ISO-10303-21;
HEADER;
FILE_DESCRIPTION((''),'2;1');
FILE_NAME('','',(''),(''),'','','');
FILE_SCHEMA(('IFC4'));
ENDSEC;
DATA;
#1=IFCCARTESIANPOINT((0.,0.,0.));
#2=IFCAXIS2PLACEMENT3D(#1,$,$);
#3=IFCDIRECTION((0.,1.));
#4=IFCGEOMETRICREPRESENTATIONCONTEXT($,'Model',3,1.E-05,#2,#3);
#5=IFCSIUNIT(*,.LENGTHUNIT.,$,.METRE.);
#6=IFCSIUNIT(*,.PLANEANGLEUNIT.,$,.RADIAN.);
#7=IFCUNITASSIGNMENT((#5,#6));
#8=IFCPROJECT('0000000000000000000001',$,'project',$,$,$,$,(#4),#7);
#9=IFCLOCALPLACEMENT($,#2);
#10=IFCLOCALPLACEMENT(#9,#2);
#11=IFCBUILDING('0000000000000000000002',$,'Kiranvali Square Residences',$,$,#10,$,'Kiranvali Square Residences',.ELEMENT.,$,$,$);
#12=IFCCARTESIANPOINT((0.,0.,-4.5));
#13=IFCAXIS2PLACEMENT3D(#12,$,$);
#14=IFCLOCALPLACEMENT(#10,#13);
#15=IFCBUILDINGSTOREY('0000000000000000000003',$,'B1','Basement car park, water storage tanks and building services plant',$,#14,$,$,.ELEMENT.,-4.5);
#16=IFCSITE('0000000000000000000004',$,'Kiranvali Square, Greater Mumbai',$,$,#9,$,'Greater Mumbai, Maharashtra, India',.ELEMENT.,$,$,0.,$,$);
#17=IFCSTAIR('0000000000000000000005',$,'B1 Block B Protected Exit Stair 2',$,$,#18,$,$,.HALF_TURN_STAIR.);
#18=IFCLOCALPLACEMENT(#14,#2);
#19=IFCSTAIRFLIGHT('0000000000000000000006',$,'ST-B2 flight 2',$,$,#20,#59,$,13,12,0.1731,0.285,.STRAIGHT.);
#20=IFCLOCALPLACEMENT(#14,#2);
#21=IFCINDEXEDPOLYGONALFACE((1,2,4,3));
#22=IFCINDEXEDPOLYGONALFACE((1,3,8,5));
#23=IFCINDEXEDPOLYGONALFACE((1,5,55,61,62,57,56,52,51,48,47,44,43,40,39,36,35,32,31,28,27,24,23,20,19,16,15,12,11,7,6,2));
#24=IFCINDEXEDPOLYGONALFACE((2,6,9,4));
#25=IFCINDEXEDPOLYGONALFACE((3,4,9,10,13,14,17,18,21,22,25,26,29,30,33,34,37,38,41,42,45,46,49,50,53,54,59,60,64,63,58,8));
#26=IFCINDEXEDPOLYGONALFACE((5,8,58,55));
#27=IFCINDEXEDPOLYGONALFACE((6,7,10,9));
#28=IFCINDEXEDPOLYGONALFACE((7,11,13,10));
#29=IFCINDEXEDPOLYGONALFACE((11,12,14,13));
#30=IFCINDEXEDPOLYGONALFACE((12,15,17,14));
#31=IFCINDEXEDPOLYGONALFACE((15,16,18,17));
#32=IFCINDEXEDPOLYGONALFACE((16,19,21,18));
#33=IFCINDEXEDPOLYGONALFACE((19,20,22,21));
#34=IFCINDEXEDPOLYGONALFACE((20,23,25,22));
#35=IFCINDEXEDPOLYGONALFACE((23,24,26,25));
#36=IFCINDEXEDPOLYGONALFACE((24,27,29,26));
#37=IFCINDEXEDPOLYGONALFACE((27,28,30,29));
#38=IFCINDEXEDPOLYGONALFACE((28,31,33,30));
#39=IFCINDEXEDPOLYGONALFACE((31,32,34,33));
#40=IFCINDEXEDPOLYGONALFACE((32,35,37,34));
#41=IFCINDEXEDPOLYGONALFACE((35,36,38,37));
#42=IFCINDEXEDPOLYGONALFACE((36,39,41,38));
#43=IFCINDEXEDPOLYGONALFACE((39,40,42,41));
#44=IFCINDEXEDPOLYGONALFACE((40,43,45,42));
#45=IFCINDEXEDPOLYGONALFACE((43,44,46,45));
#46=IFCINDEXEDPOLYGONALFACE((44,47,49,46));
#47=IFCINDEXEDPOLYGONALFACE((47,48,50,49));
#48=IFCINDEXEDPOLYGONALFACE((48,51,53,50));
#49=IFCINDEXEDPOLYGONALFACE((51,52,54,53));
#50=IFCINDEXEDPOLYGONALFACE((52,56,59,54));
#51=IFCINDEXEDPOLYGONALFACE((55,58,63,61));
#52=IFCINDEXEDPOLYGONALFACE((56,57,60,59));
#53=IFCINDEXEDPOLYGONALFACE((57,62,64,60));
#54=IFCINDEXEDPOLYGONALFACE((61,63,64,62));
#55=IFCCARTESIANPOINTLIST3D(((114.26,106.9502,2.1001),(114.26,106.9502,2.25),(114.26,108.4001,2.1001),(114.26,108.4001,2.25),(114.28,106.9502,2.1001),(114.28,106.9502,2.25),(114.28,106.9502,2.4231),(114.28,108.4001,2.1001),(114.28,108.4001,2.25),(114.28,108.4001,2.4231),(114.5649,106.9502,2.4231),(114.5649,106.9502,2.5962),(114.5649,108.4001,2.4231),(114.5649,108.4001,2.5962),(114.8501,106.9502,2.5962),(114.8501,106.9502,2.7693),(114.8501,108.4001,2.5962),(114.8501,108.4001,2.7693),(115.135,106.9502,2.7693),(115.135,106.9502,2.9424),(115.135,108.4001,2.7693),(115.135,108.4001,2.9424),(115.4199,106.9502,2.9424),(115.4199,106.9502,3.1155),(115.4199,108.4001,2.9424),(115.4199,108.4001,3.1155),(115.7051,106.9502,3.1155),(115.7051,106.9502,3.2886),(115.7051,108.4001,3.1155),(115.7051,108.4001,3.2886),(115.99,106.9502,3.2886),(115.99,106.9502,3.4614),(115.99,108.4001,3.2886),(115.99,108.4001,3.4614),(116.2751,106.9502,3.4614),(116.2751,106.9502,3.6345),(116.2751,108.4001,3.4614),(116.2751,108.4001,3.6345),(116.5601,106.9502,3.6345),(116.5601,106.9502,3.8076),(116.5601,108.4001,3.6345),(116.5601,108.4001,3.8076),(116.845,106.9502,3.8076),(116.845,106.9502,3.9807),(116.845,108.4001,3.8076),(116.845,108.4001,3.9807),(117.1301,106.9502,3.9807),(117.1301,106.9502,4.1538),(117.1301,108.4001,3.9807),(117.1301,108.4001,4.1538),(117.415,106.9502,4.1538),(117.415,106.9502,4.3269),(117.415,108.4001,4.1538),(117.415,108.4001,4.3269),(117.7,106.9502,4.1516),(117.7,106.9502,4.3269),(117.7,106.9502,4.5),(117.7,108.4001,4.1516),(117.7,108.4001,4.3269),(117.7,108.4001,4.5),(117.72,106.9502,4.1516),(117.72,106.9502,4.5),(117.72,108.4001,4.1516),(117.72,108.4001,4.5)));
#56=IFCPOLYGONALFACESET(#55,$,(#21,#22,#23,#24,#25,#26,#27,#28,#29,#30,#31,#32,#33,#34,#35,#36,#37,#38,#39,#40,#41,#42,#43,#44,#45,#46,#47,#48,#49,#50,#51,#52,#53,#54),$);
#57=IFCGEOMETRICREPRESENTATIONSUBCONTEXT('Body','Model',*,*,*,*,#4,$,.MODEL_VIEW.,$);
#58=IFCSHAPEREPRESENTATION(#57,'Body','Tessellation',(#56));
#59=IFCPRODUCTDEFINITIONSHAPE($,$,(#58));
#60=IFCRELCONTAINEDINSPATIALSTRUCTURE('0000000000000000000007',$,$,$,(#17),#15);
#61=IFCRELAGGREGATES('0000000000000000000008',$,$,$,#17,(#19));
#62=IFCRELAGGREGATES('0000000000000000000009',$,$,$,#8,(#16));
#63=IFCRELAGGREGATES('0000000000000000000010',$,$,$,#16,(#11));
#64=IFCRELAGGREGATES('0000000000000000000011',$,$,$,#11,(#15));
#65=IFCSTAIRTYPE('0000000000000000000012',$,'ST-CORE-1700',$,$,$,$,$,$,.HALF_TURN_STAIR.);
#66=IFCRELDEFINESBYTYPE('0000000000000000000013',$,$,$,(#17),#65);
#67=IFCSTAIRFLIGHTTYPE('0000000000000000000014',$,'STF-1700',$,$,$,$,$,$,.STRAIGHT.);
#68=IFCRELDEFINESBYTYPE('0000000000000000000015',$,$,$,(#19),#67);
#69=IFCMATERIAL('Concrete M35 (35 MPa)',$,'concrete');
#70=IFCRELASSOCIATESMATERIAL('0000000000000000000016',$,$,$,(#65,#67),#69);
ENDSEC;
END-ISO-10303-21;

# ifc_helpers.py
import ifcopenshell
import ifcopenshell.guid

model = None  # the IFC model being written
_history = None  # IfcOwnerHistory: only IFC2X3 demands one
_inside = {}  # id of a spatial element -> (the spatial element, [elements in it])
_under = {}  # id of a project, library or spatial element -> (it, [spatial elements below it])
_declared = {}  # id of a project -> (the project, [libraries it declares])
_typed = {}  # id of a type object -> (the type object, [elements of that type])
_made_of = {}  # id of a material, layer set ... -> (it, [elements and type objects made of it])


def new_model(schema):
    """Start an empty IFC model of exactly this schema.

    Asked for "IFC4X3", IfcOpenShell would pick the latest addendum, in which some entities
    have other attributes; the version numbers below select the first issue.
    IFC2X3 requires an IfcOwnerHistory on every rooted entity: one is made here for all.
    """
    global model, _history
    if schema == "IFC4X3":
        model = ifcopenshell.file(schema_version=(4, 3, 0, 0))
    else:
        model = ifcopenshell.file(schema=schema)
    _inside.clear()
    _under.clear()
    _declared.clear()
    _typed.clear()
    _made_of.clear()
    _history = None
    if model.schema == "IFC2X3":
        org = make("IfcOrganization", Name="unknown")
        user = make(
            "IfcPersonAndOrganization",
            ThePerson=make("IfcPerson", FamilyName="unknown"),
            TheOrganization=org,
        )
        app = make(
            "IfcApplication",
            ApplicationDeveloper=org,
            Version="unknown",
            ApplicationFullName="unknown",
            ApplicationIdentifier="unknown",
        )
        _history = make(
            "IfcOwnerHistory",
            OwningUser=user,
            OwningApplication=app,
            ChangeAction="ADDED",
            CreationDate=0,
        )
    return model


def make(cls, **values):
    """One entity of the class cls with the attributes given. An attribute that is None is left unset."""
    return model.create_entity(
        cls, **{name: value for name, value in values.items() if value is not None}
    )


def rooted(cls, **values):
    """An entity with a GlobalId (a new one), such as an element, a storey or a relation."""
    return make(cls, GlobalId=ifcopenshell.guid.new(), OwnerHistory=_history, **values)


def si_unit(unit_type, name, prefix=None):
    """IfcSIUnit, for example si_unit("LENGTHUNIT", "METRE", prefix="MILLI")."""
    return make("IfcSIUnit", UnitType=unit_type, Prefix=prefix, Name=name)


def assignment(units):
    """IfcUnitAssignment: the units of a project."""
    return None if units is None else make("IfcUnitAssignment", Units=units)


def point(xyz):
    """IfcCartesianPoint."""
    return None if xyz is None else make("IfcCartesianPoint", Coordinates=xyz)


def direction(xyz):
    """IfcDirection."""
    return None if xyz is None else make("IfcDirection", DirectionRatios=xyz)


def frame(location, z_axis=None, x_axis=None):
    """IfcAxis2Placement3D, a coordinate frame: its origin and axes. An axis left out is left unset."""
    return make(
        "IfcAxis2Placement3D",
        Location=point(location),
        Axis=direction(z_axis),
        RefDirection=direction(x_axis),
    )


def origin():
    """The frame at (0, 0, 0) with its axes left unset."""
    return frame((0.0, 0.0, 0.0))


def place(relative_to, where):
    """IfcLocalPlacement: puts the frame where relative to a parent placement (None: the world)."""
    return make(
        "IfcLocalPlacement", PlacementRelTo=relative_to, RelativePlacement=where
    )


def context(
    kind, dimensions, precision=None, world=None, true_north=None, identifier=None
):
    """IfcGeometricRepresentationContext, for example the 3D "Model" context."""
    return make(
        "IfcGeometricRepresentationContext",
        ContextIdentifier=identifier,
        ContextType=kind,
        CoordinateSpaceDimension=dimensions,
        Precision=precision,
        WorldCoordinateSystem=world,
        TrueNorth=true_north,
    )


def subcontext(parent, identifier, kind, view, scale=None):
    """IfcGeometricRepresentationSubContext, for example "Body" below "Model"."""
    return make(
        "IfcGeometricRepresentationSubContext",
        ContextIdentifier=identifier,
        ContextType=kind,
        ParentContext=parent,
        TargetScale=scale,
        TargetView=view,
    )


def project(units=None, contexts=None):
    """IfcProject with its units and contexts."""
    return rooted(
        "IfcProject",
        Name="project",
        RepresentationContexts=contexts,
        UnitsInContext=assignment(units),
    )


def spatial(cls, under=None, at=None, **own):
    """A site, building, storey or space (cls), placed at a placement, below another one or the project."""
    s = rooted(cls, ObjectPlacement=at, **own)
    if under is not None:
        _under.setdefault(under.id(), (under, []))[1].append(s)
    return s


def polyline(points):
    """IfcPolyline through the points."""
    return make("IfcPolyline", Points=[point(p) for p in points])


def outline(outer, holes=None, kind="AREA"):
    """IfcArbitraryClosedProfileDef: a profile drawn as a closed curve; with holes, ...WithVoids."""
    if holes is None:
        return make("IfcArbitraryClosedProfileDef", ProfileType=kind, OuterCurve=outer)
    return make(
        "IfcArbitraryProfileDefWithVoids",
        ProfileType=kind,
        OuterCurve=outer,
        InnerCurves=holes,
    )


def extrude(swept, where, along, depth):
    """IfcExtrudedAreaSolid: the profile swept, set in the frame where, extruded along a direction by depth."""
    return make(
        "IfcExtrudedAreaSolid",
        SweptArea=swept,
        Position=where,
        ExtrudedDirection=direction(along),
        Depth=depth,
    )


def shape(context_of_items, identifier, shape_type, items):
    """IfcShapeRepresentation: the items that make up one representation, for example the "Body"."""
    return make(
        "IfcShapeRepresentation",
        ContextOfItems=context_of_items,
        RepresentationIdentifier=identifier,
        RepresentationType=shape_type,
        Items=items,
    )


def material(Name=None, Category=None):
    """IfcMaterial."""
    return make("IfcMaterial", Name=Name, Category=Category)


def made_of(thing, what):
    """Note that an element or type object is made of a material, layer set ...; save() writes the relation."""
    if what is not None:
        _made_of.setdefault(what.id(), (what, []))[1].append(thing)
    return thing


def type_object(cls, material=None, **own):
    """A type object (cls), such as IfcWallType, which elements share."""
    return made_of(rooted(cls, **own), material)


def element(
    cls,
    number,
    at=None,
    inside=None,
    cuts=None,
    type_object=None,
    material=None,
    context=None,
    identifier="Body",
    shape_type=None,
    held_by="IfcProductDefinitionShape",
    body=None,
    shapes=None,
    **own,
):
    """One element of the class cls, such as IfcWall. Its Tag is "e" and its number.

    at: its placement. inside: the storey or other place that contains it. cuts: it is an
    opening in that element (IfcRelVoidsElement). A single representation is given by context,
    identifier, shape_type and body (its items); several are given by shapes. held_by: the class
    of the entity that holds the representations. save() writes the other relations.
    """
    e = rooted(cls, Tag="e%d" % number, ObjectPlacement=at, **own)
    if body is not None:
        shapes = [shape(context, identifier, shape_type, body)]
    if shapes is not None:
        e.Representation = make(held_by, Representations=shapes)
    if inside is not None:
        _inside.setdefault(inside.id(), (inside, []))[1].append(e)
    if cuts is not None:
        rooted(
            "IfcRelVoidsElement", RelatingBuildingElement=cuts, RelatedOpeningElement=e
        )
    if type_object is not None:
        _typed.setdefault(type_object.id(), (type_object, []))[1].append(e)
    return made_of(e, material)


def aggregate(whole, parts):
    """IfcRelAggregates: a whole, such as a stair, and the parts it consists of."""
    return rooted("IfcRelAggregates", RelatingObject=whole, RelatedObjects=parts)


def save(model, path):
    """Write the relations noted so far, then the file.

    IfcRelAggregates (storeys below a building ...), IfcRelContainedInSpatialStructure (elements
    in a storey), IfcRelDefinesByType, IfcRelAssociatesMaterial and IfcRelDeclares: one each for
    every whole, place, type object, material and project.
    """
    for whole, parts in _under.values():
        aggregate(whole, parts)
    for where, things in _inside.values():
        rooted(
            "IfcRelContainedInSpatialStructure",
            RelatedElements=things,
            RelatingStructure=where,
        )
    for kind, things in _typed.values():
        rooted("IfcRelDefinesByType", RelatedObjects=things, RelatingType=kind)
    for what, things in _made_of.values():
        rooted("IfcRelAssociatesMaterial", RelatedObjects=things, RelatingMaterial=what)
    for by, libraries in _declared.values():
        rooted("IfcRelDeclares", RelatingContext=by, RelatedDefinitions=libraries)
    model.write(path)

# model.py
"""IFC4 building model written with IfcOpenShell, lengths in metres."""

from ifc_helpers import new_model, si_unit, direction, frame, origin, place, context, subcontext, project, spatial, polyline, outline, extrude, material, type_object, element, aggregate, save


model = new_model("IFC4")

# Units and contexts
model_context = context("Model", 3, precision=1e-05, world=origin(), true_north=direction((0.0, 1.0)))
body_context = subcontext(model_context, "Body", "Model", "MODEL_VIEW")
ifc_project = project(units=[si_unit("LENGTHUNIT", "METRE"), si_unit("PLANEANGLEUNIT", "RADIAN")], contexts=[model_context])

# Site, building, storey
site_placement = place(None, origin())
site = spatial("IfcSite", under=ifc_project, at=site_placement, Name="Kiranvali Square, Greater Mumbai", LongName="Greater Mumbai, Maharashtra, India", CompositionType="ELEMENT", RefElevation=0.0)
building_placement = place(site_placement, origin())
building = spatial("IfcBuilding", under=site, at=building_placement, Name="Kiranvali Square Residences", LongName="Kiranvali Square Residences", CompositionType="ELEMENT")
storey_placement = place(building_placement, frame((0.0, 0.0, -4.5)))
storey = spatial("IfcBuildingStorey", under=building, at=storey_placement, Name="B1", Description="Basement car park, water storage tanks and building services plant", CompositionType="ELEMENT", Elevation=-4.5)

# Stair, stair flight
ifc_material_1 = material(Name="Concrete M35 (35 MPa)", Category="concrete")
stair_type = type_object("IfcStairType", Name="ST-CORE-1700", PredefinedType="HALF_TURN_STAIR", material=ifc_material_1)
stair_placement = place(storey_placement, origin())
stair = element("IfcStair", 1, at=stair_placement, inside=storey, type_object=stair_type, Name="B1 Block B Protected Exit Stair 2", PredefinedType="HALF_TURN_STAIR")
stair_flight_type = type_object("IfcStairFlightType", Name="STF-1700", PredefinedType="STRAIGHT", material=ifc_material_1)
stair_flight_1_placement = place(storey_placement, frame((114.28, 107.675, 2.25), z_axis=(0.0, 0.0, 1.0), x_axis=(1.0, 0.0, 0.0)))
stair_flight_1 = element("IfcStairFlight", 2, at=stair_flight_1_placement, type_object=stair_flight_type, Name="ST-B2 flight 2", NumberOfRisers=13, NumberOfTreads=12, PredefinedType="STRAIGHT", RiserHeight=0.1731, TreadLength=0.285, context=body_context, shape_type="SweptSolid", body=[
    extrude(outline(polyline([(-0.02, -0.1499), (-0.02, 0.0), (0.0, 0.0), (0.0, 0.1731), (0.2849, 0.1731), (0.2849, 0.3462), (0.5701, 0.3462), (0.5701, 0.5193), (0.855, 0.5193), (0.855, 0.6924), (1.1399, 0.6924), (1.1399, 0.8655), (1.425, 0.8655), (1.425, 1.0386), (1.71, 1.0386), (1.71, 1.2114), (1.9951, 1.2114), (1.9951, 1.3845), (2.28, 1.3845), (2.28, 1.5576), (2.5649, 1.5576), (2.5649, 1.7307), (2.8501, 1.7307), (2.8501, 1.9038), (3.135, 1.9038), (3.135, 2.0769), (3.4199, 2.0769), (3.4199, 2.25), (3.4399, 2.25), (3.4399, 1.9016), (3.4199, 1.9016), (0.0, -0.1499), (-0.02, -0.1499)])), frame((0.0, 0.7251, 0.0), z_axis=(0.0, -1.0, 0.0), x_axis=(1.0, 0.0, 0.0)), (0.0, 0.0, 1.0), 1.45),
])
aggregate(stair, [stair_flight_1])

save(model, "model.ifc")
